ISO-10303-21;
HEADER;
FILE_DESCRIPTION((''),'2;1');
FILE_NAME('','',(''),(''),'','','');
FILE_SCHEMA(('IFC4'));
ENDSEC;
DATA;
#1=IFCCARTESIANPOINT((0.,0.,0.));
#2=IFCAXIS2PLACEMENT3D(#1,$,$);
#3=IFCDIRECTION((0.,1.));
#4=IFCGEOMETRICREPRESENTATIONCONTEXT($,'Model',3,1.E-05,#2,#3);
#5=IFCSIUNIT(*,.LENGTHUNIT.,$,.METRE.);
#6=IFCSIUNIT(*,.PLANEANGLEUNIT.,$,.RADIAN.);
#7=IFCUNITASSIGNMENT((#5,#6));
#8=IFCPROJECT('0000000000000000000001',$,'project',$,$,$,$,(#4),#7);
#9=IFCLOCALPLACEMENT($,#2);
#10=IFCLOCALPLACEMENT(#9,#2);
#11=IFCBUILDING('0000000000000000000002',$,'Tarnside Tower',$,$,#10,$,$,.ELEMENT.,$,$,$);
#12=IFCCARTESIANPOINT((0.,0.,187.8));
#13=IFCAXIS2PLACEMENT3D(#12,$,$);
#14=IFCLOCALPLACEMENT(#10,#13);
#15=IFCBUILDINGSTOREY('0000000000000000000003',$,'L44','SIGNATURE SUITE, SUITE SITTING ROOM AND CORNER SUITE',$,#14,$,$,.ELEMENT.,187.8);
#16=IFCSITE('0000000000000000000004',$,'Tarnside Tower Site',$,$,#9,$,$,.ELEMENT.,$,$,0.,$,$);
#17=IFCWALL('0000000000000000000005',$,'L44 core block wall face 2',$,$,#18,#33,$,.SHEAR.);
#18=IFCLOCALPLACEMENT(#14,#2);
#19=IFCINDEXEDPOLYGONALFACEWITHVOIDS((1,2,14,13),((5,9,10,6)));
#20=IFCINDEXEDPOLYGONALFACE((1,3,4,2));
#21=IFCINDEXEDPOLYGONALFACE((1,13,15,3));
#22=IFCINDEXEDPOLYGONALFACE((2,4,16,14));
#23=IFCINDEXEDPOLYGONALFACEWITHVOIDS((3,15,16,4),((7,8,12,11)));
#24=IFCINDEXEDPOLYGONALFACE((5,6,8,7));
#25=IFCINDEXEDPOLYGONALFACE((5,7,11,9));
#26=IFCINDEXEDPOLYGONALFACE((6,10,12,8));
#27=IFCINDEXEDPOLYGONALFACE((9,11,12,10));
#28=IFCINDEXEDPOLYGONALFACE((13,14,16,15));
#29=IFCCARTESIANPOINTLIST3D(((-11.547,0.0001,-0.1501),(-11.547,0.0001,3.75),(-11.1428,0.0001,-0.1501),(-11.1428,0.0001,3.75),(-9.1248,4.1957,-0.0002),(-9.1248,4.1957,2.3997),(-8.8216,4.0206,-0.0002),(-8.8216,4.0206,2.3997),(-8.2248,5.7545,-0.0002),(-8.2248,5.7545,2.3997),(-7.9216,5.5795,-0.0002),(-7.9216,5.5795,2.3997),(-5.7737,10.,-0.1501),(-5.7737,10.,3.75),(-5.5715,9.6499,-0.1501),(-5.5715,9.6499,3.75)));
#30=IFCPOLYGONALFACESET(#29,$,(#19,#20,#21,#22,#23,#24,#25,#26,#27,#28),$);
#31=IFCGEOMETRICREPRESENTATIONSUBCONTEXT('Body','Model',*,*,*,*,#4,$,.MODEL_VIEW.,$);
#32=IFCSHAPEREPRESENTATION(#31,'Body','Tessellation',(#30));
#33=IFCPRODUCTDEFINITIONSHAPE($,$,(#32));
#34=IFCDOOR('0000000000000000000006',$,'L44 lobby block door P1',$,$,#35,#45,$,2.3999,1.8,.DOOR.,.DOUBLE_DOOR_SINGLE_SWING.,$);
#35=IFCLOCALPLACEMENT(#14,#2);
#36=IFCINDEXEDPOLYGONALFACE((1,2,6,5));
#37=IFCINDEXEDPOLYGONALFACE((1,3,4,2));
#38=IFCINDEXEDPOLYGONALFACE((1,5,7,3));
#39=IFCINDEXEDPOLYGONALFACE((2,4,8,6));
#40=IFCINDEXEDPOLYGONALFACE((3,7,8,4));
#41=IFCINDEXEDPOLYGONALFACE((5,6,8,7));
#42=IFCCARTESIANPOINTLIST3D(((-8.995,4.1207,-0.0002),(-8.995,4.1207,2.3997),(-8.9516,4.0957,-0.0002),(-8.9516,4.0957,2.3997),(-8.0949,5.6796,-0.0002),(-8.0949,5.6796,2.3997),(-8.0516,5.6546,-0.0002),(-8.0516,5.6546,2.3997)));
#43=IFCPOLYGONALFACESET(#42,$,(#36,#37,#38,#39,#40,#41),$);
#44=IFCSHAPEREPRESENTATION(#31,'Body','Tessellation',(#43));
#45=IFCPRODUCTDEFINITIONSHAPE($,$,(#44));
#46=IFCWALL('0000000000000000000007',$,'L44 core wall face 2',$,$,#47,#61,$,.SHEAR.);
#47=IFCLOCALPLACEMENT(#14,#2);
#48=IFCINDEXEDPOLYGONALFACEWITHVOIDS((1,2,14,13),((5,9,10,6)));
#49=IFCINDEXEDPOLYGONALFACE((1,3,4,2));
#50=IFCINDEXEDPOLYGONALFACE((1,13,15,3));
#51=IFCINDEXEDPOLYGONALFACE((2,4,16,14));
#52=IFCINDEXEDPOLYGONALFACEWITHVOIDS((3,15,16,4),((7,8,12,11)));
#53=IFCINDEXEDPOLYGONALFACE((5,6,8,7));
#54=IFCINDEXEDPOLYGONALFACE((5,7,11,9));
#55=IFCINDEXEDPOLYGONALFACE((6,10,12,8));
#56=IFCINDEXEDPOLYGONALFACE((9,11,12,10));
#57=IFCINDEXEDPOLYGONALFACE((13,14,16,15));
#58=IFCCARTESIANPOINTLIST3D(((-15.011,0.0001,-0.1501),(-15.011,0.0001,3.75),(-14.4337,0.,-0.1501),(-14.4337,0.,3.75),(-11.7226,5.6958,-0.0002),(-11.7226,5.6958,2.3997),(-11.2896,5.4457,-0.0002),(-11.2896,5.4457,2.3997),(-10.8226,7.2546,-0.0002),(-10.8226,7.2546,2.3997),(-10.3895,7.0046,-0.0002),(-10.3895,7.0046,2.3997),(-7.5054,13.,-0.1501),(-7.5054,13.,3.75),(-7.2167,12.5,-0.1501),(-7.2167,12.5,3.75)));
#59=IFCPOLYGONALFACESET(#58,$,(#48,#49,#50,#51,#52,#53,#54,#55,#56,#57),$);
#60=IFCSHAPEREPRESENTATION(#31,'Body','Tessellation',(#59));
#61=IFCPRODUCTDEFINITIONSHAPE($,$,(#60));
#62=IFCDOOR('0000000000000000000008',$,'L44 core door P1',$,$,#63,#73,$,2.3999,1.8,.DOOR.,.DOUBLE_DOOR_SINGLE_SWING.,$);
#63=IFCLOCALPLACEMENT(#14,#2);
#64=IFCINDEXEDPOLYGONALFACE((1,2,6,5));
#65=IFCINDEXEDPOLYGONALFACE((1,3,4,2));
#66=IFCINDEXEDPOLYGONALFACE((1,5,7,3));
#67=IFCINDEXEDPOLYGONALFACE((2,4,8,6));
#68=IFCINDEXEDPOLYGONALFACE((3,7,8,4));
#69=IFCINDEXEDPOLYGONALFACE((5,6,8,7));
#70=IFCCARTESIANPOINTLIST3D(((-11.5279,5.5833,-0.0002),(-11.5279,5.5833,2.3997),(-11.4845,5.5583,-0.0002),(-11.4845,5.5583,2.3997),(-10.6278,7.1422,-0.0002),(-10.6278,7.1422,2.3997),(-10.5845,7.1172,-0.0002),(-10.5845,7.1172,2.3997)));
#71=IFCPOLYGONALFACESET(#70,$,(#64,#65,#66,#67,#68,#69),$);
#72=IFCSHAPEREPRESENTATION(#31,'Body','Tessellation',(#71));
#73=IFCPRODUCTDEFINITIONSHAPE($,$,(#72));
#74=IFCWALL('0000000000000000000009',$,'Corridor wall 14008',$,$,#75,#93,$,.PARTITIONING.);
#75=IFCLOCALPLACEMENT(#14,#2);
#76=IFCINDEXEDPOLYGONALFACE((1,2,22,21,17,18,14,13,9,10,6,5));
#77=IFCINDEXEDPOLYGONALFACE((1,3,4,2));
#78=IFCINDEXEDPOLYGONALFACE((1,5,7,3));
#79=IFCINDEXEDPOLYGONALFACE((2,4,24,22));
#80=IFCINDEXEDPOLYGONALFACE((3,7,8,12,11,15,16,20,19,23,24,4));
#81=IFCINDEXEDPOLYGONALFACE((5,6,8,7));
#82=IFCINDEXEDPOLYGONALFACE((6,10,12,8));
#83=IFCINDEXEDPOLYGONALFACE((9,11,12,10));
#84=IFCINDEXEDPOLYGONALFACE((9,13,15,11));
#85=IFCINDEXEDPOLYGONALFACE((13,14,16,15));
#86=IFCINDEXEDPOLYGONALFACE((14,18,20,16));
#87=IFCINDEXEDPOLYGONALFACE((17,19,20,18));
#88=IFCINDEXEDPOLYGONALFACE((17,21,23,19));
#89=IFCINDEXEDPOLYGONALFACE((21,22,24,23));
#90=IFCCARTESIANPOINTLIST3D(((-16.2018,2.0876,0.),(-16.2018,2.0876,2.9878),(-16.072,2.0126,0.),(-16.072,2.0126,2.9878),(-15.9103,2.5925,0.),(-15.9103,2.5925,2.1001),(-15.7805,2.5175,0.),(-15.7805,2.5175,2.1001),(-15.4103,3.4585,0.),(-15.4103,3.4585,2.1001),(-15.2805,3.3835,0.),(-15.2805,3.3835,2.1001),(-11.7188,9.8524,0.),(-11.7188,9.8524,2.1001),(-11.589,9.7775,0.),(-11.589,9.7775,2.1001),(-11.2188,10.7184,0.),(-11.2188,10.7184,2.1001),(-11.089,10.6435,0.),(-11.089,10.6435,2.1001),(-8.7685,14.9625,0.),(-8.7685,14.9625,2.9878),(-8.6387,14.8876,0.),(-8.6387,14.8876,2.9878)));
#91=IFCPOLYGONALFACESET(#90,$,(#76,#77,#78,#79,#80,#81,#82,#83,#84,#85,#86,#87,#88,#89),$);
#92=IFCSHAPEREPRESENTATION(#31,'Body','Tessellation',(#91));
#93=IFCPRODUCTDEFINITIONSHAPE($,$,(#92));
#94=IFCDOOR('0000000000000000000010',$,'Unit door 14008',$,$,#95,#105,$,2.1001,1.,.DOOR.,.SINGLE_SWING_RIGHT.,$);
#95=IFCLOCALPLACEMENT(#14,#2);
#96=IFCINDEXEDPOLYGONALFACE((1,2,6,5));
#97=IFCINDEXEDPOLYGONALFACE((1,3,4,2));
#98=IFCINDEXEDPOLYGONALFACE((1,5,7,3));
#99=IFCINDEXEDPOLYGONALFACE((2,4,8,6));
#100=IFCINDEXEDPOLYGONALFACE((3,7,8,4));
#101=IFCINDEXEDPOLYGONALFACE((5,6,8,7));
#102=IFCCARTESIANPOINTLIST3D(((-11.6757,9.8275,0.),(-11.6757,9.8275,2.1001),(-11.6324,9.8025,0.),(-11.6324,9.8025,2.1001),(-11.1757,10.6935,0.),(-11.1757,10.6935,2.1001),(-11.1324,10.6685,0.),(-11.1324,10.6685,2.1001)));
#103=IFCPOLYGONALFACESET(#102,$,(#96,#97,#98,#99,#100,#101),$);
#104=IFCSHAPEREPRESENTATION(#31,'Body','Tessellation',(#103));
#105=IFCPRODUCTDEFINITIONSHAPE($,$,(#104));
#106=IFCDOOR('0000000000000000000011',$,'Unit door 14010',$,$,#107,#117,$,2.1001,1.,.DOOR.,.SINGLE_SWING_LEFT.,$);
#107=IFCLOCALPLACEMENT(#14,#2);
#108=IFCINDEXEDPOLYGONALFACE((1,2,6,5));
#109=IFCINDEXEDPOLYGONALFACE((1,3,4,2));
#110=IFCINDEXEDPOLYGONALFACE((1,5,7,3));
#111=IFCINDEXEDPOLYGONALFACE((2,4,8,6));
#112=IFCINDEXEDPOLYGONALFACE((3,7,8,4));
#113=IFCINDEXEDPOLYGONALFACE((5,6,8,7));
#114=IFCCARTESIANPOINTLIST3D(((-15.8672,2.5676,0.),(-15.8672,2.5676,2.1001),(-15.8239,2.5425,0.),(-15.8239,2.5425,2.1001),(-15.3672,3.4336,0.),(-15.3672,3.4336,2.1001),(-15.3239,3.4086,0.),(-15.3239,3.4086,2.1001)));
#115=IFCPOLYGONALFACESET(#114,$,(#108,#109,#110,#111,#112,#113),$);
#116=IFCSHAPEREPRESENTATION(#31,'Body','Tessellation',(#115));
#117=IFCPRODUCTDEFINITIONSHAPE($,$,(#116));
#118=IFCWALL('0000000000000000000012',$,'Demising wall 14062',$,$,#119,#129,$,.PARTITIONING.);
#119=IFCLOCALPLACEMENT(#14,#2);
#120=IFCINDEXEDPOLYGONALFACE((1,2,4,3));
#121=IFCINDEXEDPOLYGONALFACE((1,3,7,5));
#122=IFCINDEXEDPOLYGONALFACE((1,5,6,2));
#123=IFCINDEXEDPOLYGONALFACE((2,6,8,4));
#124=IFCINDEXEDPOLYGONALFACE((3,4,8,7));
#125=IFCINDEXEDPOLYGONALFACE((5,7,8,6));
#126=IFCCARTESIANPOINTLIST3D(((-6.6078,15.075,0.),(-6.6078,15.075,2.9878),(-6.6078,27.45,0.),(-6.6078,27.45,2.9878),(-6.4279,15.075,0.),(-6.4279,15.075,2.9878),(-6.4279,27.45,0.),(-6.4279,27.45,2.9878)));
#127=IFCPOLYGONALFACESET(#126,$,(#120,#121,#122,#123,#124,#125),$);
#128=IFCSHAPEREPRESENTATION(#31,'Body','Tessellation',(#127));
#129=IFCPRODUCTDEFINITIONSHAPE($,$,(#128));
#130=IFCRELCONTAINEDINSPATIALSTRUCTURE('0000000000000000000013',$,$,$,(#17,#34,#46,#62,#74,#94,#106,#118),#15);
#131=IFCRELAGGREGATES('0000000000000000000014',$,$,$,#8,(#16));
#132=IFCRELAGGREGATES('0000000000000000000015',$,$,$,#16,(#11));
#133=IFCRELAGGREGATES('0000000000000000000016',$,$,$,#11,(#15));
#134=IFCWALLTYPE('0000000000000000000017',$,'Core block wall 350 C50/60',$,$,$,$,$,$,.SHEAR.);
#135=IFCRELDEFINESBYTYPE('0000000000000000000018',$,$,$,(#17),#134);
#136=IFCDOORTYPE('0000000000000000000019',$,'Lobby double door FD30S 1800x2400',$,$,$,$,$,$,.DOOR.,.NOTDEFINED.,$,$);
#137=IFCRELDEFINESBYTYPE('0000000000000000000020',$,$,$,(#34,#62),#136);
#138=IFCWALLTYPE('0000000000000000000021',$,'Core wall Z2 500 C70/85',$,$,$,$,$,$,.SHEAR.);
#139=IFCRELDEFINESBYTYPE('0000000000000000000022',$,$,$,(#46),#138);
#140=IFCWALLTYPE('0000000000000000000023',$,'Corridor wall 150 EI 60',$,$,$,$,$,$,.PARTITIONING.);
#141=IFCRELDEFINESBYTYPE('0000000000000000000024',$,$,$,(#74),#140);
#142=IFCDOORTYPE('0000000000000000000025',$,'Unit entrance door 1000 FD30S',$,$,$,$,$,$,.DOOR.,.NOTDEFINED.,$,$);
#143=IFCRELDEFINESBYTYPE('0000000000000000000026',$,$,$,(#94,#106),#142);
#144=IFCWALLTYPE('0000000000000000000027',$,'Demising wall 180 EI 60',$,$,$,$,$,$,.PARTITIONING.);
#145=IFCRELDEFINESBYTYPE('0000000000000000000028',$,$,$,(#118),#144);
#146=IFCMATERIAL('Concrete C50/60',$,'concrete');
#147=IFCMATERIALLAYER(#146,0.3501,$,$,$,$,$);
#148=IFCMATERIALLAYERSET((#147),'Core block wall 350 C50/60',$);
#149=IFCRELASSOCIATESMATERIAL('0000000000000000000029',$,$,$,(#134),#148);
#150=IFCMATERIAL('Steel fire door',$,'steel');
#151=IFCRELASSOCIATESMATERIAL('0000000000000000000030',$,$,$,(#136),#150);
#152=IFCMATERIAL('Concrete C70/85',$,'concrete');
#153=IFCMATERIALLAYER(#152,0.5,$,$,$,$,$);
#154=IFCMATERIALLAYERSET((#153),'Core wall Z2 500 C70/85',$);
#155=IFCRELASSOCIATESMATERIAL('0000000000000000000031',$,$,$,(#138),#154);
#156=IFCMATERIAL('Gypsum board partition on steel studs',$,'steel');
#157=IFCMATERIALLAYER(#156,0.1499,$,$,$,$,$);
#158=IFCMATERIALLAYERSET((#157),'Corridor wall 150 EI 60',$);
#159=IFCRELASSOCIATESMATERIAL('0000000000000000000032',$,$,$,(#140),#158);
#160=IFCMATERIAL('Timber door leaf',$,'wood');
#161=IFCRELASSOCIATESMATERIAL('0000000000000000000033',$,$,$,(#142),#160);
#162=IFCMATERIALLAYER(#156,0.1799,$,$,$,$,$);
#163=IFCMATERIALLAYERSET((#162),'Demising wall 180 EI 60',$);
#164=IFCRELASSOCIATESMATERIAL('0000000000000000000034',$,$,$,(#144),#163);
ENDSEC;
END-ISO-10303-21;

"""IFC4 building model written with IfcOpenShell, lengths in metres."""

from ifc_helpers import new_model, si_unit, direction, frame, frame_2d, origin, place, context, subcontext, project, spatial, polyline, rectangle, outline, extrude, material, layer, layer_set, type_object, element, fill, save


model = new_model("IFC4")

# Units and contexts
model_context = context("Model", 3, precision=1e-05, world=origin(), true_north=direction((0.0, 1.0)))
body_context = subcontext(model_context, "Body", "Model", "MODEL_VIEW")
ifc_project = project(units=[si_unit("LENGTHUNIT", "METRE"), si_unit("PLANEANGLEUNIT", "RADIAN")], contexts=[model_context])

# Site, building, storey
site_placement = place(None, origin())
site = spatial("IfcSite", under=ifc_project, at=site_placement, Name="Tarnside Tower Site", CompositionType="ELEMENT", RefElevation=0.0)
building_placement = place(site_placement, origin())
building = spatial("IfcBuilding", under=site, at=building_placement, Name="Tarnside Tower", CompositionType="ELEMENT")
storey_placement = place(building_placement, frame((0.0, 0.0, 187.8)))
storey = spatial("IfcBuildingStorey", under=building, at=storey_placement, Name="L44", Description="SIGNATURE SUITE, SUITE SITTING ROOM AND CORNER SUITE", CompositionType="ELEMENT", Elevation=187.8)

# Shared definitions
ifc_material_1 = material(Name="Gypsum board partition on steel studs", Category="steel")

# Walls, openings, doors
ifc_material_2 = material(Name="Timber door leaf", Category="wood")
ifc_material_3 = material(Name="Concrete C50/60", Category="concrete")
ifc_layer_1 = layer(ifc_material_3, 0.3501)
ifc_layer_set_1 = layer_set([ifc_layer_1], Name="Core block wall 350 C50/60")
wall_type_1 = type_object("IfcWallType", Name="Core block wall 350 C50/60", PredefinedType="SHEAR", material=ifc_layer_set_1)
wall_1_placement = place(storey_placement, frame((-5.6726, 9.825, -0.1501), z_axis=(0.0, 0.0, 1.0), x_axis=(-0.499995, -0.866028, 0.0)))
wall_1 = element("IfcWall", 1, at=wall_1_placement, inside=storey, type_object=wall_type_1, Name="L44 core block wall face 2", PredefinedType="SHEAR", context=body_context, shape_type="SweptSolid", body=[
    extrude(outline(polyline([(-0.1011, -0.175), (11.4458, -0.175), (11.2437, 0.175), (0.1011, 0.175), (-0.1011, -0.175)])), origin(), (0.0, 0.0, 1.0), 3.9001),
])
opening_1_placement = place(wall_1_placement, frame((4.8013, 0.0, 0.1499)))
opening_1 = element("IfcOpeningElement", 2, at=opening_1_placement, cuts=wall_1, PredefinedType="OPENING", context=body_context, shape_type="SweptSolid", body=[
    extrude(rectangle(XDim=1.8, YDim=2.3999, at=frame_2d((0.8999, 1.2))), frame((0.0, 0.1851, 0.0), z_axis=(0.0, -1.0, 0.0), x_axis=(1.0, 0.0, 0.0)), (0.0, 0.0, 1.0), 0.3701),
])
ifc_material_4 = material(Name="Steel fire door", Category="steel")
door_type_1 = type_object("IfcDoorType", Name="Lobby double door FD30S 1800x2400", OperationType="NOTDEFINED", PredefinedType="DOOR", material=ifc_material_4)
door_1_placement = place(opening_1_placement, origin())
door_1 = element("IfcDoor", 3, at=door_1_placement, inside=storey, type_object=door_type_1, Name="L44 lobby block door P1", OperationType="DOUBLE_DOOR_SINGLE_SWING", OverallHeight=2.3999, OverallWidth=1.8, PredefinedType="DOOR", context=body_context, shape_type="SweptSolid", body=[
    extrude(rectangle(XDim=1.8, YDim=2.3999, at=frame_2d((0.8999, 1.2))), frame((0.0, 0.0249, 0.0), z_axis=(0.0, -1.0, 0.0), x_axis=(1.0, 0.0, 0.0)), (0.0, 0.0, 1.0), 0.05),
])
fill(opening_1, door_1)
ifc_material_5 = material(Name="Concrete C70/85", Category="concrete")
ifc_layer_2 = layer(ifc_material_5, 0.5)
ifc_layer_set_2 = layer_set([ifc_layer_2], Name="Core wall Z2 500 C70/85")
wall_type_2 = type_object("IfcWallType", Name="Core wall Z2 500 C70/85", PredefinedType="SHEAR", material=ifc_layer_set_2)
wall_2_placement = place(storey_placement, frame((-7.3611, 12.75, -0.1501), z_axis=(0.0, 0.0, 1.0), x_axis=(-0.500006, -0.866022, 0.0)))
wall_2 = element("IfcWall", 4, at=wall_2_placement, inside=storey, type_object=wall_type_2, Name="L44 core wall face 2", PredefinedType="SHEAR", context=body_context, shape_type="SweptSolid", body=[
    extrude(outline(polyline([(-0.1443, -0.25), (14.8667, -0.25), (14.5781, 0.25), (0.1443, 0.25), (-0.1443, -0.25)])), origin(), (0.0, 0.0, 1.0), 3.9001),
])
opening_2_placement = place(wall_2_placement, frame((6.49, 0.0, 0.1499)))
opening_2 = element("IfcOpeningElement", 5, at=opening_2_placement, cuts=wall_2, PredefinedType="OPENING", context=body_context, shape_type="SweptSolid", body=[
    extrude(rectangle(XDim=1.8, YDim=2.3999, at=frame_2d((0.8999, 1.2))), frame((0.0, 0.26, 0.0), z_axis=(0.0, -1.0, 0.0), x_axis=(1.0, 0.0, 0.0)), (0.0, 0.0, 1.0), 0.52),
])
door_2_placement = place(opening_2_placement, origin())
door_2 = element("IfcDoor", 6, at=door_2_placement, inside=storey, type_object=door_type_1, Name="L44 core door P1", OperationType="DOUBLE_DOOR_SINGLE_SWING", OverallHeight=2.3999, OverallWidth=1.8, PredefinedType="DOOR", context=body_context, shape_type="SweptSolid", body=[
    extrude(rectangle(XDim=1.8, YDim=2.3999, at=frame_2d((0.8999, 1.2))), frame((0.0, 0.0249, 0.0), z_axis=(0.0, -1.0, 0.0), x_axis=(1.0, 0.0, 0.0)), (0.0, 0.0, 1.0), 0.05),
])
fill(opening_2, door_2)

# Wall, openings, doors
ifc_layer_3 = layer(ifc_material_1, 0.1499)
ifc_layer_set_3 = layer_set([ifc_layer_3], Name="Corridor wall 150 EI 60")
wall_type_3 = type_object("IfcWallType", Name="Corridor wall 150 EI 60", PredefinedType="PARTITIONING", material=ifc_layer_set_3)
wall_3_placement = place(storey_placement, frame((-8.7036, 14.925, 0.0), z_axis=(0.0, 0.0, 1.0), x_axis=(-0.499998, -0.866026, 0.0)))
wall_3 = element("IfcWall", 7, at=wall_3_placement, inside=storey, type_object=wall_type_3, Name="Corridor wall 14008", PredefinedType="PARTITIONING", context=body_context, shape_type="SweptSolid", body=[
    extrude(rectangle(XDim=14.8667, YDim=0.1499, at=frame_2d((7.4333, 0.0))), origin(), (0.0, 0.0, 1.0), 2.9878),
])
opening_3_placement = place(wall_3_placement, frame((4.9006, 0.0, 0.0)))
opening_3 = element("IfcOpeningElement", 8, at=opening_3_placement, cuts=wall_3, PredefinedType="OPENING", context=body_context, shape_type="SweptSolid", body=[
    extrude(rectangle(XDim=1.0, YDim=2.1001, at=frame_2d((0.5, 1.05))), frame((0.0, 0.085, 0.0), z_axis=(0.0, -1.0, 0.0), x_axis=(1.0, 0.0, 0.0)), (0.0, 0.0, 1.0), 0.1699),
])
opening_4_placement = place(wall_3_placement, frame((13.2837, 0.0, 0.0)))
opening_4 = element("IfcOpeningElement", 9, at=opening_4_placement, cuts=wall_3, PredefinedType="OPENING", context=body_context, shape_type="SweptSolid", body=[
    extrude(rectangle(XDim=1.0, YDim=2.1001, at=frame_2d((0.5, 1.05))), frame((0.0, 0.085, 0.0), z_axis=(0.0, -1.0, 0.0), x_axis=(1.0, 0.0, 0.0)), (0.0, 0.0, 1.0), 0.1699),
])
door_type_2 = type_object("IfcDoorType", Name="Unit entrance door 1000 FD30S", OperationType="NOTDEFINED", PredefinedType="DOOR", material=ifc_material_2)
door_3_placement = place(opening_3_placement, origin())
door_3 = element("IfcDoor", 10, at=door_3_placement, inside=storey, type_object=door_type_2, Name="Unit door 14008", OperationType="SINGLE_SWING_RIGHT", OverallHeight=2.1001, OverallWidth=1.0, PredefinedType="DOOR", context=body_context, shape_type="SweptSolid", body=[
    extrude(rectangle(XDim=1.0, YDim=2.1001, at=frame_2d((0.5, 1.05))), frame((0.0, 0.0249, 0.0), z_axis=(0.0, -1.0, 0.0), x_axis=(1.0, 0.0, 0.0)), (0.0, 0.0, 1.0), 0.05),
])
fill(opening_3, door_3)
door_4_placement = place(opening_4_placement, origin())
door_4 = element("IfcDoor", 11, at=door_4_placement, inside=storey, type_object=door_type_2, Name="Unit door 14010", OperationType="SINGLE_SWING_LEFT", OverallHeight=2.1001, OverallWidth=1.0, PredefinedType="DOOR", context=body_context, shape_type="SweptSolid", body=[
    extrude(rectangle(XDim=1.0, YDim=2.1001, at=frame_2d((0.5, 1.05))), frame((0.0, 0.0249, 0.0), z_axis=(0.0, -1.0, 0.0), x_axis=(1.0, 0.0, 0.0)), (0.0, 0.0, 1.0), 0.05),
])
fill(opening_4, door_4)

# Wall
ifc_layer_4 = layer(ifc_material_1, 0.1799)
ifc_layer_set_4 = layer_set([ifc_layer_4], Name="Demising wall 180 EI 60")
wall_type_4 = type_object("IfcWallType", Name="Demising wall 180 EI 60", PredefinedType="PARTITIONING", material=ifc_layer_set_4)
wall_4_placement = place(storey_placement, frame((-6.5178, 27.45, 0.0), z_axis=(0.0, 0.0, 1.0), x_axis=(0.0, -1.0, 0.0)))
element("IfcWall", 12, at=wall_4_placement, inside=storey, type_object=wall_type_4, Name="Demising wall 14062", PredefinedType="PARTITIONING", context=body_context, shape_type="SweptSolid", body=[
    extrude(rectangle(XDim=12.375, YDim=0.1799, at=frame_2d((6.1875, 0.0))), origin(), (0.0, 0.0, 1.0), 2.9878),
])

save(model, "model.ifc")
